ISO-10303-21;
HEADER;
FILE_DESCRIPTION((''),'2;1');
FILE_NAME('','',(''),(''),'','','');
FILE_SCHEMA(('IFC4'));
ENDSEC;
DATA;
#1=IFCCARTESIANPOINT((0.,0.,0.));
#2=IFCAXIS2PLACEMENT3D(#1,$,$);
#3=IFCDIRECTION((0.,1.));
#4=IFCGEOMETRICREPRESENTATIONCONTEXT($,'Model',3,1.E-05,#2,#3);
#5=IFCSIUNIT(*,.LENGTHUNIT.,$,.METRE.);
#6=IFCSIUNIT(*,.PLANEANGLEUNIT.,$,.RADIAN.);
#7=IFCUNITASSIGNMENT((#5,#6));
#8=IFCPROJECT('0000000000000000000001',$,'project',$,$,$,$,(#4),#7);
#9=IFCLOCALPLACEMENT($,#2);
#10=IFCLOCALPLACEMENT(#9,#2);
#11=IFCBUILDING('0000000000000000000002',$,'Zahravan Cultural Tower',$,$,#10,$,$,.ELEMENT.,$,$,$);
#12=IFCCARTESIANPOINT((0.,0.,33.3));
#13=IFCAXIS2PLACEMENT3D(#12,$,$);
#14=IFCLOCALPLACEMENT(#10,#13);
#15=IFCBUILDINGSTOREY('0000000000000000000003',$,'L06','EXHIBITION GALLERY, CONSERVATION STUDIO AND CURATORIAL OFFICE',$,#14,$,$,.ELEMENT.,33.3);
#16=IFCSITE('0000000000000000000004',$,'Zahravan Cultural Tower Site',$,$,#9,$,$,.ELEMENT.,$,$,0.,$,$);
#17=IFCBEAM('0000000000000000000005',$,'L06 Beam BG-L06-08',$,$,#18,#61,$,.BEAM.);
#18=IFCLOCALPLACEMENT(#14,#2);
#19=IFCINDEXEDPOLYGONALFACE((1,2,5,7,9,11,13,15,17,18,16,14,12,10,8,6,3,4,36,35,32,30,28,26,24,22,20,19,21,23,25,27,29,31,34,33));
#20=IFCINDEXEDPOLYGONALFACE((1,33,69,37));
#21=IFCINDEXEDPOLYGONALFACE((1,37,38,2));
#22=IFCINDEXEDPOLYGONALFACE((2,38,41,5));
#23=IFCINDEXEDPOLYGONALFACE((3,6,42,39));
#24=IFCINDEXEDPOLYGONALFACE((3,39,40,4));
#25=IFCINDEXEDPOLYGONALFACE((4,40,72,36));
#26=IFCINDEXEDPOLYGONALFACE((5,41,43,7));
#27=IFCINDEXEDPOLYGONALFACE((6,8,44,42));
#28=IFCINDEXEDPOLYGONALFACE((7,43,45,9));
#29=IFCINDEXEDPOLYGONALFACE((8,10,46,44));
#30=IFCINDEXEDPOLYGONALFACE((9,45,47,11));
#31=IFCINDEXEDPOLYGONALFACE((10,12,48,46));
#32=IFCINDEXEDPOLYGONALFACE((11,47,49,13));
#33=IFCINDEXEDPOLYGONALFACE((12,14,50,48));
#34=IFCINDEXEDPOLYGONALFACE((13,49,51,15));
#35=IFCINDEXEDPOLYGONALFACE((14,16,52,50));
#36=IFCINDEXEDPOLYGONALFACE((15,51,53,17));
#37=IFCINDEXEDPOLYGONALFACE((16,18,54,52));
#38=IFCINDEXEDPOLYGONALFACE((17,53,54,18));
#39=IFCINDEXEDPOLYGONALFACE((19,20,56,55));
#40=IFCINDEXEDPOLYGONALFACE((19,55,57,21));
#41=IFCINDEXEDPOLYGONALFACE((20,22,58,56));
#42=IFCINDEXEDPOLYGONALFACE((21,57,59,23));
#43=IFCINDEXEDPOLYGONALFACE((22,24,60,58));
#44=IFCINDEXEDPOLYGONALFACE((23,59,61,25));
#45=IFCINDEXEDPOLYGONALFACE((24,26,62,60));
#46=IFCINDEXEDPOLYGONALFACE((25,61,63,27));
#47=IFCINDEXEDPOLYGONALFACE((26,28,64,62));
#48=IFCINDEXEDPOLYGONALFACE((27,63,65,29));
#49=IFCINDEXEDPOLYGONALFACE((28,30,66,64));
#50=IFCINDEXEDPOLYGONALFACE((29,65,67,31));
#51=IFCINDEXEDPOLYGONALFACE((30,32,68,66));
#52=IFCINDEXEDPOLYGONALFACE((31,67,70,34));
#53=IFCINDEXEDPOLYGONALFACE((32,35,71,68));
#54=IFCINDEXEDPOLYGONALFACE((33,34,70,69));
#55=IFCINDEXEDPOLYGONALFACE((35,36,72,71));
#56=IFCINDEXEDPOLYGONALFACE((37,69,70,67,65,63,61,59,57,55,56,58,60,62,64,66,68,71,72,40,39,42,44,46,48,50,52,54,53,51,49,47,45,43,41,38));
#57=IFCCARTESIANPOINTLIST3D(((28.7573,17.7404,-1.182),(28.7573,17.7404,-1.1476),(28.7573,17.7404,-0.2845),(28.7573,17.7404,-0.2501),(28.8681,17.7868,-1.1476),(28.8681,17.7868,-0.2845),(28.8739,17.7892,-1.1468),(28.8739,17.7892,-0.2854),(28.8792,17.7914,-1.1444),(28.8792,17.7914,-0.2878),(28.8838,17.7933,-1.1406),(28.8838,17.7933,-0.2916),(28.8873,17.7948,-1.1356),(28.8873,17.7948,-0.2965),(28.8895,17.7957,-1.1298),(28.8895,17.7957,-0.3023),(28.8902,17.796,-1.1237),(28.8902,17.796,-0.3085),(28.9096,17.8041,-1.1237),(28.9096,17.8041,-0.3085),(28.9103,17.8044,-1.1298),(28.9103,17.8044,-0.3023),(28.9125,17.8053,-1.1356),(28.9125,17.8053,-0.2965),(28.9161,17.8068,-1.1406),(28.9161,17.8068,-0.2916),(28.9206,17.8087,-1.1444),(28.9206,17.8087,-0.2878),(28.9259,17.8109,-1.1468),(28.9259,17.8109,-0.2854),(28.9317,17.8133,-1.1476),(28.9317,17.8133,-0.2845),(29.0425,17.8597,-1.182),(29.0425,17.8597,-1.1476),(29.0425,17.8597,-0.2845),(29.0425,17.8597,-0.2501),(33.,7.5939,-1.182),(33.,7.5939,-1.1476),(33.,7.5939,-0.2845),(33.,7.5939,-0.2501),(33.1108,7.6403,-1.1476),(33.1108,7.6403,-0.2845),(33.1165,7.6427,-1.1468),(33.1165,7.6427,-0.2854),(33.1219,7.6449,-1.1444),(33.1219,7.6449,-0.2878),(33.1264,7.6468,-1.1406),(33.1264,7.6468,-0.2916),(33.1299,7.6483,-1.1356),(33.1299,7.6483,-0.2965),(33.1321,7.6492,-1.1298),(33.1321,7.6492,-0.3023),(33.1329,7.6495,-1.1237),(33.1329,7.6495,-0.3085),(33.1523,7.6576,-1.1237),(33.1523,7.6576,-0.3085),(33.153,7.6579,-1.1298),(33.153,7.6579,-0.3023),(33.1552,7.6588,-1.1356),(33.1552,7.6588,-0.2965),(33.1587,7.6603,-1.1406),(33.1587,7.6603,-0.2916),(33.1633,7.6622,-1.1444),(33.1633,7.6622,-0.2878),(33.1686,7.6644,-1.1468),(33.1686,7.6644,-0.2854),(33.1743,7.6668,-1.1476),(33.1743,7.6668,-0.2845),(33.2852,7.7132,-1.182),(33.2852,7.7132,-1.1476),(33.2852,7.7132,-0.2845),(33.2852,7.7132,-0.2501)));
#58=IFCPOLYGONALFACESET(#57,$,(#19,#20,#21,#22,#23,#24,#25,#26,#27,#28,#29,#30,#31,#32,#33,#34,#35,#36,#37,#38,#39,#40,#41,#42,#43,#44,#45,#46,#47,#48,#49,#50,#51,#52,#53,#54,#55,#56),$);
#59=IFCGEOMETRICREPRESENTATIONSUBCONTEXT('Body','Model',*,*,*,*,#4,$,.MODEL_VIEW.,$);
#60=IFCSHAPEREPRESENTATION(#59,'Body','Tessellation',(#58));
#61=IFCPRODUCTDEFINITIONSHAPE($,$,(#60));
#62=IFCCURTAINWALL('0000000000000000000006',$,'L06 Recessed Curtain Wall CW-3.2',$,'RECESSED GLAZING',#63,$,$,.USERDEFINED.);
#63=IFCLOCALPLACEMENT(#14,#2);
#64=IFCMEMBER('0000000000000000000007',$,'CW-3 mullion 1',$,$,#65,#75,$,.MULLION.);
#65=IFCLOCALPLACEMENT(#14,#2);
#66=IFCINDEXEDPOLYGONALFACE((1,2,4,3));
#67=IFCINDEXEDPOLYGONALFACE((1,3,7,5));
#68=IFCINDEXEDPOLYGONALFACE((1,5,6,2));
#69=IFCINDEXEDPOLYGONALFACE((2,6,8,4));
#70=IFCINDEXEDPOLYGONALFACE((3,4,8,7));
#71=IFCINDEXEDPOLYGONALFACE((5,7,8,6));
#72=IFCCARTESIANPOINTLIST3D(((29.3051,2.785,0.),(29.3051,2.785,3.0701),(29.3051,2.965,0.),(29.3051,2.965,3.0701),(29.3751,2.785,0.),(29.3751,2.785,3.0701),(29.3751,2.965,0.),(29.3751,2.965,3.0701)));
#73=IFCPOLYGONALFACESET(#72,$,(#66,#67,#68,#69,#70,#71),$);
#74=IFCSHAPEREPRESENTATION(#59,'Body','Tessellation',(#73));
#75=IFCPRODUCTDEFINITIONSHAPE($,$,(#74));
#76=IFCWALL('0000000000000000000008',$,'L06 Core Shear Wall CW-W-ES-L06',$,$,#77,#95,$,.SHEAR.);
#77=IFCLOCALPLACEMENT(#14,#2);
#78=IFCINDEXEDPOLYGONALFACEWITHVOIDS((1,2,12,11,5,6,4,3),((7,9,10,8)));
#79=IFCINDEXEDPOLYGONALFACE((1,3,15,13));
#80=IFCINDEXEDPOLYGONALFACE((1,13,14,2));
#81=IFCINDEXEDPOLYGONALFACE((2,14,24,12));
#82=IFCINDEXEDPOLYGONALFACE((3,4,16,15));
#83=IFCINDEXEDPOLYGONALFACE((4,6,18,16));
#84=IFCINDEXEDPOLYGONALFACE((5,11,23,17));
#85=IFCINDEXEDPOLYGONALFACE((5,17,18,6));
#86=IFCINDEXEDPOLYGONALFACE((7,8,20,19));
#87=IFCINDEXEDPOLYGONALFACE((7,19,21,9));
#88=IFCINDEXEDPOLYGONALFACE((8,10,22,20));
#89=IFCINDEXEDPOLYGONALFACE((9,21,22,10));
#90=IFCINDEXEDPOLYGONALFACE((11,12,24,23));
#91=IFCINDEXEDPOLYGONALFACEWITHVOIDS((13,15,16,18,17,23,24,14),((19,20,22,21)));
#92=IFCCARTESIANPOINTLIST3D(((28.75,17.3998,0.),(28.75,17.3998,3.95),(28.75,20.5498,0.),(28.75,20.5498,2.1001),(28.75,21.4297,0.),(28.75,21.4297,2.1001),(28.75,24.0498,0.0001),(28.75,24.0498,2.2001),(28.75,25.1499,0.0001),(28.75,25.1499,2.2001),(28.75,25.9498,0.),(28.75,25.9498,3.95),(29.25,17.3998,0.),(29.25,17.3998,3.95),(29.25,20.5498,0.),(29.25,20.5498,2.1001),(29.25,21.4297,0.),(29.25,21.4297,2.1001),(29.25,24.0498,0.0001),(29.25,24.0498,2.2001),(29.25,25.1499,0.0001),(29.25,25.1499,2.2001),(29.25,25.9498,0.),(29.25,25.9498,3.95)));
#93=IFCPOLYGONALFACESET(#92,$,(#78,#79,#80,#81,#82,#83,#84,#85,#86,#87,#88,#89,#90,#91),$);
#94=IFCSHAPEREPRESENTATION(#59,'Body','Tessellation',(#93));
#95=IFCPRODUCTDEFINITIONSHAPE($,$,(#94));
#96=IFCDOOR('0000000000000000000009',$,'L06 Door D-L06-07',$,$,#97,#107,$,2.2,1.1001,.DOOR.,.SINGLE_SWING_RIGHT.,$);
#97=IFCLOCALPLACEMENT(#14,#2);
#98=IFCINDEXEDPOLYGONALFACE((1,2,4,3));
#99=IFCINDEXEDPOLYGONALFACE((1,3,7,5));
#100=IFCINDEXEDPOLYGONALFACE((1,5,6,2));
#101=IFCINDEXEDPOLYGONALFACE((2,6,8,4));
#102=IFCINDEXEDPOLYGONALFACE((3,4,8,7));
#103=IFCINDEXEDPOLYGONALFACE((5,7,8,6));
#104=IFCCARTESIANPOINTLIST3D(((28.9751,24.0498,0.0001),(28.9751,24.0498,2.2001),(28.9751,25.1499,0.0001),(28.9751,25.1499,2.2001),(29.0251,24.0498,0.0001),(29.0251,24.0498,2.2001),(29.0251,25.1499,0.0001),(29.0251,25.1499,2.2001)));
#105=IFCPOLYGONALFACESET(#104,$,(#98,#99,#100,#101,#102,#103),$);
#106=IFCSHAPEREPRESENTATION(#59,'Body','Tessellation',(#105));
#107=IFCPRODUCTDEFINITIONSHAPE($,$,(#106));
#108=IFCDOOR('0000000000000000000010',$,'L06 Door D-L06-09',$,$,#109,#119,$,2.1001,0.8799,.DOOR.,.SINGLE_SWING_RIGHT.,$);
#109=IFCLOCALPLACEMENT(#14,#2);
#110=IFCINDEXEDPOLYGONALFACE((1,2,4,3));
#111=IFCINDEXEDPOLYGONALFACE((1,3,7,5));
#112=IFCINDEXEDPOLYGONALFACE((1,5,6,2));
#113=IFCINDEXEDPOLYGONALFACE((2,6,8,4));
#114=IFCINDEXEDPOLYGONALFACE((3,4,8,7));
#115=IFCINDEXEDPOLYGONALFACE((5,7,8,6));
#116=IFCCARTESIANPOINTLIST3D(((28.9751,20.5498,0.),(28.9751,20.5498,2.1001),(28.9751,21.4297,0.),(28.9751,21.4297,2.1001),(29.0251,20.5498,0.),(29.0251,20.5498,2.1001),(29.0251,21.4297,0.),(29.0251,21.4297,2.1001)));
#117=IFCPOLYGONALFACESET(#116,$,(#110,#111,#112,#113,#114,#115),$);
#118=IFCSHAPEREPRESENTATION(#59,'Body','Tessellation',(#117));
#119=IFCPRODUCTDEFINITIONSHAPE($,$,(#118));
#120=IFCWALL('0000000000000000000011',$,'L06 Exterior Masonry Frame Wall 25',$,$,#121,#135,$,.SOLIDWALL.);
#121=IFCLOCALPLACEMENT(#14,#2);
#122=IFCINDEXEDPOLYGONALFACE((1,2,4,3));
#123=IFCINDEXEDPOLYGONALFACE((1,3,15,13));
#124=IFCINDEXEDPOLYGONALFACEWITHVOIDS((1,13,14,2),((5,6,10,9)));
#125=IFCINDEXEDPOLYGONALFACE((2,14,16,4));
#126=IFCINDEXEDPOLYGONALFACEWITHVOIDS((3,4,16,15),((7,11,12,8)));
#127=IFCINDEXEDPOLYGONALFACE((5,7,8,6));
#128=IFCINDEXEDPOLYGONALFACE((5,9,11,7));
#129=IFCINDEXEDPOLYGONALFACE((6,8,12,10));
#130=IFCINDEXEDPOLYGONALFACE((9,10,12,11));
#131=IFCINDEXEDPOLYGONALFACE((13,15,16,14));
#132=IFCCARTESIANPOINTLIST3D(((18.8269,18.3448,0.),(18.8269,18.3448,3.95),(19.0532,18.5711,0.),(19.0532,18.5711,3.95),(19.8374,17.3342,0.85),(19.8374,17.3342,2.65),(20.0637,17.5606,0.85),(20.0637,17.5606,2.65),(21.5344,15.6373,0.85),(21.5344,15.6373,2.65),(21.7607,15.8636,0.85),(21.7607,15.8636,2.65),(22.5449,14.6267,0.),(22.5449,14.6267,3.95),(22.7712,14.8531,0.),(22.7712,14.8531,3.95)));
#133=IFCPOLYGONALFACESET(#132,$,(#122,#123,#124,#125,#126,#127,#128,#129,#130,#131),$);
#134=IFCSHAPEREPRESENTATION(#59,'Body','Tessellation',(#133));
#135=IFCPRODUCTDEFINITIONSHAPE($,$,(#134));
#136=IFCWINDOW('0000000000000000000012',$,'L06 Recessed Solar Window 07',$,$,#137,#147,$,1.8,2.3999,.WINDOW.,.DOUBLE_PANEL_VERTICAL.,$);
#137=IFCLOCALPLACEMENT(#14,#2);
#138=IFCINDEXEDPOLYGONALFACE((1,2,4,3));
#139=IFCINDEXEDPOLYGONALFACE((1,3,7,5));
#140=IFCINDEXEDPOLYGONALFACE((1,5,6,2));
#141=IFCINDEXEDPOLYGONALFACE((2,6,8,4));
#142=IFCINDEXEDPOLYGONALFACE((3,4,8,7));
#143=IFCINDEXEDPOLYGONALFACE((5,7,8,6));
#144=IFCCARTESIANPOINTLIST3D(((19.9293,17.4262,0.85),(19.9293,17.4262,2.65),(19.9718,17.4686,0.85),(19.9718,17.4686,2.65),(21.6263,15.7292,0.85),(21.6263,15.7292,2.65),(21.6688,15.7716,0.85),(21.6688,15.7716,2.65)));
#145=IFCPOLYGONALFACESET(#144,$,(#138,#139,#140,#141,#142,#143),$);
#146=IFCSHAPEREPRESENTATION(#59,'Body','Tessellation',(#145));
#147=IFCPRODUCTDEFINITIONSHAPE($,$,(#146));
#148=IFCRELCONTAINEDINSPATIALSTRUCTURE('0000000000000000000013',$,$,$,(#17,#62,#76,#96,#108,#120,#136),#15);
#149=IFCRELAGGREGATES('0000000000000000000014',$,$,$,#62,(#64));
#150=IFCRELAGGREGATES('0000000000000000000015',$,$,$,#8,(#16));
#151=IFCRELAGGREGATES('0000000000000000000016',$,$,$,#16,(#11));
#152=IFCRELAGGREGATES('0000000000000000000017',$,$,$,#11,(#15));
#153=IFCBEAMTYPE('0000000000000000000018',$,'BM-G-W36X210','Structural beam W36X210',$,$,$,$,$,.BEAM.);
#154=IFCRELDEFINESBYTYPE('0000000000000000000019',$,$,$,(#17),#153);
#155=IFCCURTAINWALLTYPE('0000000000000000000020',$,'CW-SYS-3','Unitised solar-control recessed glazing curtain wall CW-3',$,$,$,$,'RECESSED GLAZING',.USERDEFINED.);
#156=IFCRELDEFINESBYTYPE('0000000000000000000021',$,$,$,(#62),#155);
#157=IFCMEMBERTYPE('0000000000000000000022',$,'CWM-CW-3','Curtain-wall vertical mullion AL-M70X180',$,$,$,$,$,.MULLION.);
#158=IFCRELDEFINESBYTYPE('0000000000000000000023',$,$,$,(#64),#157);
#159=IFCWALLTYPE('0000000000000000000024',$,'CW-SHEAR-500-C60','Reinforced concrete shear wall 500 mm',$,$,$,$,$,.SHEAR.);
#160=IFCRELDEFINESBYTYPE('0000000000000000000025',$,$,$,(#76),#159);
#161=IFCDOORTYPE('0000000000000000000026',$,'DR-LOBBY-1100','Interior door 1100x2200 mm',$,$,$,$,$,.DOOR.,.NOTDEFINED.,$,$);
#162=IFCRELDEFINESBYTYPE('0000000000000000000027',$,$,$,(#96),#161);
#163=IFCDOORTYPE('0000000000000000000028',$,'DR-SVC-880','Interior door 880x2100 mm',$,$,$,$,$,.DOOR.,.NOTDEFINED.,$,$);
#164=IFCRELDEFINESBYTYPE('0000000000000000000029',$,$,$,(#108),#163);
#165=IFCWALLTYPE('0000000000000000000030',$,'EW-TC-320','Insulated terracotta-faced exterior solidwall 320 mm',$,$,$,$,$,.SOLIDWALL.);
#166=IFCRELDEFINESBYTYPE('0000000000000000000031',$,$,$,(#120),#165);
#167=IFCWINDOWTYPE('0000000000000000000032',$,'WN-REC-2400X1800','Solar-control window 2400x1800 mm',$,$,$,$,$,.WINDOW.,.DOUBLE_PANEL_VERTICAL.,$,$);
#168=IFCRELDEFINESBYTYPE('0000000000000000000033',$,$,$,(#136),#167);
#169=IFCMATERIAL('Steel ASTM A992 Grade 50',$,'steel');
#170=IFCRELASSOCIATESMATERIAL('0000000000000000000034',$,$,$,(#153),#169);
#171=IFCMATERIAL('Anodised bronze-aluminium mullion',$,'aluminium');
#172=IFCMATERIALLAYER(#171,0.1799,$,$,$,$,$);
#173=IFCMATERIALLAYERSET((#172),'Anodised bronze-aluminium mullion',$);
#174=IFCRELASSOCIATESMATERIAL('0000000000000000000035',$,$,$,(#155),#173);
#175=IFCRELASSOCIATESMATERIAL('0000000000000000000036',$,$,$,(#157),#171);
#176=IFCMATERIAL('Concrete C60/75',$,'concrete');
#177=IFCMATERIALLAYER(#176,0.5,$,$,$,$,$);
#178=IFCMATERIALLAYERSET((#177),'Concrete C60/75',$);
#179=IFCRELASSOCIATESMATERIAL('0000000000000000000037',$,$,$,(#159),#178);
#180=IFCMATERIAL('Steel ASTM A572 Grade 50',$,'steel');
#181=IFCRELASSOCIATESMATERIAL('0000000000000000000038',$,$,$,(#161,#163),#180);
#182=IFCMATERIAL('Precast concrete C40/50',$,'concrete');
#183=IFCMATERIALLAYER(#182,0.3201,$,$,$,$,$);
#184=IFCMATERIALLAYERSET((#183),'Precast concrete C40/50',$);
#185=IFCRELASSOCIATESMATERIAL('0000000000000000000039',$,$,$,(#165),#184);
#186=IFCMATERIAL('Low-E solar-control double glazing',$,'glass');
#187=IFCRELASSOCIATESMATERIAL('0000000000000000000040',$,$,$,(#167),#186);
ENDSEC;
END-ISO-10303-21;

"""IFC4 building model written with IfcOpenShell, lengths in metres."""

from ifc_helpers import new_model, si_unit, direction, frame, frame_2d, origin, origin_2d, place, context, subcontext, project, spatial, rectangle, i_section, extrude, source, transform, mapped, material, layer, layer_set, material_profile, profile_set, type_object, element, fill, aggregate, save


model = new_model("IFC4")

# Units and contexts
model_context = context("Model", 3, precision=1e-05, world=origin(), true_north=direction((0.0, 1.0)))
body_context = subcontext(model_context, "Body", "Model", "MODEL_VIEW")
ifc_project = project(units=[si_unit("LENGTHUNIT", "METRE"), si_unit("PLANEANGLEUNIT", "RADIAN")], contexts=[model_context])

# Site, building, storey
site_placement = place(None, origin())
site = spatial("IfcSite", under=ifc_project, at=site_placement, Name="Zahravan Cultural Tower Site", CompositionType="ELEMENT", RefElevation=0.0)
building_placement = place(site_placement, origin())
building = spatial("IfcBuilding", under=site, at=building_placement, Name="Zahravan Cultural Tower", CompositionType="ELEMENT")
storey_placement = place(building_placement, frame((0.0, 0.0, 33.3)))
storey = spatial("IfcBuildingStorey", under=building, at=storey_placement, Name="L06", Description="EXHIBITION GALLERY, CONSERVATION STUDIO AND CURATORIAL OFFICE", CompositionType="ELEMENT", Elevation=33.3)

# Shared definitions
ifc_material_1 = material(Name="Concrete C60/75", Category="concrete")

# Beam
ifc_material_2 = material(Name="Steel ASTM A992 Grade 50", Category="steel")
ifc_material_profile_1 = material_profile(ifc_material_2, i_section(OverallWidth=0.3091, OverallDepth=0.9319, WebThickness=0.021, FlangeThickness=0.0344, FilletRadius=0.0239, at=origin_2d()), Name="W36X210")
ifc_profile_set_1 = profile_set([ifc_material_profile_1], Name="Steel ASTM A992 Grade 50")
beam_type_1 = type_object("IfcBeamType", Name="BM-G-W36X210", Description="Structural beam W36X210", PredefinedType="BEAM", material=ifc_profile_set_1)
shared_shape_1 = source(origin(), body_context, "Body", "SweptSolid", [
    extrude(i_section(OverallWidth=0.3091, OverallDepth=0.9319, WebThickness=0.021, FlangeThickness=0.0344, FilletRadius=0.0239, at=origin_2d()), origin(), (0.0, 0.0, 1.0), 10.9978),
])
beam_1_placement = place(storey_placement, frame((28.8999, 17.8, -0.7161), z_axis=(0.385775, -0.922593, 0.0), x_axis=(0.922593, 0.385775, 0.0)))
element("IfcBeam", 1, at=beam_1_placement, inside=storey, type_object=beam_type_1, Name="L06 Beam BG-L06-08", PredefinedType="BEAM", context=body_context, shape_type="MappedRepresentation", body=[
    mapped(shared_shape_1, transform((0.0, 0.0, 0.0), x_axis=(1.0, 0.0, 0.0), y_axis=(0.0, 1.0, 0.0), z_axis=(0.0, 0.0, 1.0), scale=1.0)),
])

# Curtain wall, member
ifc_material_3 = material(Name="Anodised bronze-aluminium mullion", Category="aluminium")
ifc_layer_1 = layer(ifc_material_3, 0.1799)
ifc_layer_set_1 = layer_set([ifc_layer_1], Name="Anodised bronze-aluminium mullion")
curtain_wall_type = type_object("IfcCurtainWallType", Name="CW-SYS-3", Description="Unitised solar-control recessed glazing curtain wall CW-3", ElementType="RECESSED GLAZING", PredefinedType="USERDEFINED", material=ifc_layer_set_1)
curtain_wall_placement = place(storey_placement, origin())
curtain_wall = element("IfcCurtainWall", 2, at=curtain_wall_placement, inside=storey, type_object=curtain_wall_type, Name="L06 Recessed Curtain Wall CW-3.2", ObjectType="RECESSED GLAZING", PredefinedType="USERDEFINED")
ifc_material_profile_2 = material_profile(ifc_material_3, rectangle(XDim=0.0701, YDim=0.1799, at=origin_2d()), Name="AL-M70X180")
ifc_profile_set_2 = profile_set([ifc_material_profile_2], Name="Anodised bronze-aluminium mullion")
member_type = type_object("IfcMemberType", Name="CWM-CW-3", Description="Curtain-wall vertical mullion AL-M70X180", PredefinedType="MULLION", material=ifc_profile_set_2)
shared_shape_2 = source(origin(), body_context, "Body", "SweptSolid", [
    extrude(rectangle(XDim=0.0701, YDim=0.1799, at=origin_2d()), origin(), (0.0, 0.0, 1.0), 3.0701),
])
member_placement = place(storey_placement, frame((29.3401, 2.875, 0.0), z_axis=(0.0, 0.0, 1.0), x_axis=(-1.0, 0.0, 0.0)))
member = element("IfcMember", 3, at=member_placement, type_object=member_type, Name="CW-3 mullion 1", PredefinedType="MULLION", context=body_context, shape_type="MappedRepresentation", body=[
    mapped(shared_shape_2, transform((0.0, 0.0, 0.0), x_axis=(1.0, 0.0, 0.0), y_axis=(0.0, 1.0, 0.0), z_axis=(0.0, 0.0, 1.0), scale=1.0)),
])
aggregate(curtain_wall, [member])

# Wall, openings, doors
ifc_layer_2 = layer(ifc_material_1, 0.5)
ifc_layer_set_2 = layer_set([ifc_layer_2], Name="Concrete C60/75")
wall_type_1 = type_object("IfcWallType", Name="CW-SHEAR-500-C60", Description="Reinforced concrete shear wall 500 mm", PredefinedType="SHEAR", material=ifc_layer_set_2)
wall_1_placement = place(storey_placement, frame((29.0, 17.3999, 0.0), z_axis=(0.0, 0.0, 1.0), x_axis=(0.0, 1.0, 0.0)))
wall_1 = element("IfcWall", 4, at=wall_1_placement, inside=storey, type_object=wall_type_1, Name="L06 Core Shear Wall CW-W-ES-L06", PredefinedType="SHEAR", context=body_context, shape_type="SweptSolid", body=[
    extrude(rectangle(XDim=8.55, YDim=0.5, at=frame_2d((4.2749, 0.0))), origin(), (0.0, 0.0, 1.0), 3.95),
])
opening_1_placement = place(wall_1_placement, frame((6.6499, 0.0, 0.0)))
opening_1 = element("IfcOpeningElement", 5, at=opening_1_placement, cuts=wall_1, PredefinedType="OPENING", context=body_context, shape_type="SweptSolid", body=[
    extrude(rectangle(XDim=1.1001, YDim=2.2, at=frame_2d((0.55, 1.1001))), frame((0.0, 0.26, 0.0), z_axis=(0.0, -1.0, 0.0), x_axis=(1.0, 0.0, 0.0)), (0.0, 0.0, 1.0), 0.52),
])
opening_2_placement = place(wall_1_placement, frame((3.1499, 0.0, 0.0)))
opening_2 = element("IfcOpeningElement", 6, at=opening_2_placement, cuts=wall_1, PredefinedType="OPENING", context=body_context, shape_type="SweptSolid", body=[
    extrude(rectangle(XDim=0.8799, YDim=2.1001, at=frame_2d((0.4399, 1.05))), frame((0.0, 0.26, 0.0), z_axis=(0.0, -1.0, 0.0), x_axis=(1.0, 0.0, 0.0)), (0.0, 0.0, 1.0), 0.52),
])
ifc_material_4 = material(Name="Steel ASTM A572 Grade 50", Category="steel")
door_type_1 = type_object("IfcDoorType", Name="DR-LOBBY-1100", Description="Interior door 1100x2200 mm", OperationType="NOTDEFINED", PredefinedType="DOOR", material=ifc_material_4)
shared_shape_3 = source(origin(), body_context, "Body", "SweptSolid", [
    extrude(rectangle(XDim=1.1001, YDim=2.2, at=frame_2d((0.55, 1.1001))), frame((0.0, 0.0249, 0.0), z_axis=(0.0, -1.0, 0.0), x_axis=(1.0, 0.0, 0.0)), (0.0, 0.0, 1.0), 0.05),
])
door_1_placement = place(opening_1_placement, origin())
door_1 = element("IfcDoor", 7, at=door_1_placement, inside=storey, type_object=door_type_1, Name="L06 Door D-L06-07", OperationType="SINGLE_SWING_RIGHT", OverallHeight=2.2, OverallWidth=1.1001, PredefinedType="DOOR", context=body_context, shape_type="MappedRepresentation", body=[
    mapped(shared_shape_3, transform((0.0, 0.0, 0.0), x_axis=(1.0, 0.0, 0.0), y_axis=(0.0, 1.0, 0.0), z_axis=(0.0, 0.0, 1.0), scale=1.0)),
])
fill(opening_1, door_1)
door_type_2 = type_object("IfcDoorType", Name="DR-SVC-880", Description="Interior door 880x2100 mm", OperationType="NOTDEFINED", PredefinedType="DOOR", material=ifc_material_4)
shared_shape_4 = source(origin(), body_context, "Body", "SweptSolid", [
    extrude(rectangle(XDim=0.8799, YDim=2.1001, at=frame_2d((0.4399, 1.05))), frame((0.0, 0.0249, 0.0), z_axis=(0.0, -1.0, 0.0), x_axis=(1.0, 0.0, 0.0)), (0.0, 0.0, 1.0), 0.05),
])
door_2_placement = place(opening_2_placement, origin())
door_2 = element("IfcDoor", 8, at=door_2_placement, inside=storey, type_object=door_type_2, Name="L06 Door D-L06-09", OperationType="SINGLE_SWING_RIGHT", OverallHeight=2.1001, OverallWidth=0.8799, PredefinedType="DOOR", context=body_context, shape_type="MappedRepresentation", body=[
    mapped(shared_shape_4, transform((0.0, 0.0, 0.0), x_axis=(1.0, 0.0, 0.0), y_axis=(0.0, 1.0, 0.0), z_axis=(0.0, 0.0, 1.0), scale=1.0)),
])
fill(opening_2, door_2)

# Wall, opening, window
ifc_material_5 = material(Name="Precast concrete C40/50", Category="concrete")
ifc_layer_3 = layer(ifc_material_5, 0.3201)
ifc_layer_set_3 = layer_set([ifc_layer_3], Name="Precast concrete C40/50")
wall_type_2 = type_object("IfcWallType", Name="EW-TC-320", Description="Insulated terracotta-faced exterior solidwall 320 mm", PredefinedType="SOLIDWALL", material=ifc_layer_set_3)
wall_2_placement = place(storey_placement, frame((22.658, 14.74, 0.0), z_axis=(0.0, 0.0, 1.0), x_axis=(-0.707107, 0.707107, 0.0)))
wall_2 = element("IfcWall", 9, at=wall_2_placement, inside=storey, type_object=wall_type_2, Name="L06 Exterior Masonry Frame Wall 25", PredefinedType="SOLIDWALL", context=body_context, shape_type="SweptSolid", body=[
    extrude(rectangle(XDim=5.2581, YDim=0.3201, at=frame_2d((2.6289, 0.0))), origin(), (0.0, 0.0, 1.0), 3.95),
])
opening_3_placement = place(wall_2_placement, frame((1.429, 0.0, 0.8501)))
opening_3 = element("IfcOpeningElement", 10, at=opening_3_placement, cuts=wall_2, PredefinedType="OPENING", context=body_context, shape_type="SweptSolid", body=[
    extrude(rectangle(XDim=2.3999, YDim=1.8, at=frame_2d((1.2, 0.8999))), frame((0.0, 0.1699, 0.0), z_axis=(0.0, -1.0, 0.0), x_axis=(1.0, 0.0, 0.0)), (0.0, 0.0, 1.0), 0.3401),
])
ifc_material_6 = material(Name="Low-E solar-control double glazing", Category="glass")
window_type = type_object("IfcWindowType", Name="WN-REC-2400X1800", Description="Solar-control window 2400x1800 mm", PartitioningType="DOUBLE_PANEL_VERTICAL", PredefinedType="WINDOW", material=ifc_material_6)
shared_shape_5 = source(origin(), body_context, "Body", "SweptSolid", [
    extrude(rectangle(XDim=2.3999, YDim=1.8, at=frame_2d((1.2, 0.8999))), frame((0.0, 0.03, 0.0), z_axis=(0.0, -1.0, 0.0), x_axis=(1.0, 0.0, 0.0)), (0.0, 0.0, 1.0), 0.0601),
])
window_placement = place(opening_3_placement, origin())
window = element("IfcWindow", 11, at=window_placement, inside=storey, type_object=window_type, Name="L06 Recessed Solar Window 07", OverallHeight=1.8, OverallWidth=2.3999, PartitioningType="DOUBLE_PANEL_VERTICAL", PredefinedType="WINDOW", context=body_context, shape_type="MappedRepresentation", body=[
    mapped(shared_shape_5, transform((0.0, 0.0, 0.0), x_axis=(1.0, 0.0, 0.0), y_axis=(0.0, 1.0, 0.0), z_axis=(0.0, 0.0, 1.0), scale=1.0)),
])
fill(opening_3, window)

save(model, "model.ifc")
